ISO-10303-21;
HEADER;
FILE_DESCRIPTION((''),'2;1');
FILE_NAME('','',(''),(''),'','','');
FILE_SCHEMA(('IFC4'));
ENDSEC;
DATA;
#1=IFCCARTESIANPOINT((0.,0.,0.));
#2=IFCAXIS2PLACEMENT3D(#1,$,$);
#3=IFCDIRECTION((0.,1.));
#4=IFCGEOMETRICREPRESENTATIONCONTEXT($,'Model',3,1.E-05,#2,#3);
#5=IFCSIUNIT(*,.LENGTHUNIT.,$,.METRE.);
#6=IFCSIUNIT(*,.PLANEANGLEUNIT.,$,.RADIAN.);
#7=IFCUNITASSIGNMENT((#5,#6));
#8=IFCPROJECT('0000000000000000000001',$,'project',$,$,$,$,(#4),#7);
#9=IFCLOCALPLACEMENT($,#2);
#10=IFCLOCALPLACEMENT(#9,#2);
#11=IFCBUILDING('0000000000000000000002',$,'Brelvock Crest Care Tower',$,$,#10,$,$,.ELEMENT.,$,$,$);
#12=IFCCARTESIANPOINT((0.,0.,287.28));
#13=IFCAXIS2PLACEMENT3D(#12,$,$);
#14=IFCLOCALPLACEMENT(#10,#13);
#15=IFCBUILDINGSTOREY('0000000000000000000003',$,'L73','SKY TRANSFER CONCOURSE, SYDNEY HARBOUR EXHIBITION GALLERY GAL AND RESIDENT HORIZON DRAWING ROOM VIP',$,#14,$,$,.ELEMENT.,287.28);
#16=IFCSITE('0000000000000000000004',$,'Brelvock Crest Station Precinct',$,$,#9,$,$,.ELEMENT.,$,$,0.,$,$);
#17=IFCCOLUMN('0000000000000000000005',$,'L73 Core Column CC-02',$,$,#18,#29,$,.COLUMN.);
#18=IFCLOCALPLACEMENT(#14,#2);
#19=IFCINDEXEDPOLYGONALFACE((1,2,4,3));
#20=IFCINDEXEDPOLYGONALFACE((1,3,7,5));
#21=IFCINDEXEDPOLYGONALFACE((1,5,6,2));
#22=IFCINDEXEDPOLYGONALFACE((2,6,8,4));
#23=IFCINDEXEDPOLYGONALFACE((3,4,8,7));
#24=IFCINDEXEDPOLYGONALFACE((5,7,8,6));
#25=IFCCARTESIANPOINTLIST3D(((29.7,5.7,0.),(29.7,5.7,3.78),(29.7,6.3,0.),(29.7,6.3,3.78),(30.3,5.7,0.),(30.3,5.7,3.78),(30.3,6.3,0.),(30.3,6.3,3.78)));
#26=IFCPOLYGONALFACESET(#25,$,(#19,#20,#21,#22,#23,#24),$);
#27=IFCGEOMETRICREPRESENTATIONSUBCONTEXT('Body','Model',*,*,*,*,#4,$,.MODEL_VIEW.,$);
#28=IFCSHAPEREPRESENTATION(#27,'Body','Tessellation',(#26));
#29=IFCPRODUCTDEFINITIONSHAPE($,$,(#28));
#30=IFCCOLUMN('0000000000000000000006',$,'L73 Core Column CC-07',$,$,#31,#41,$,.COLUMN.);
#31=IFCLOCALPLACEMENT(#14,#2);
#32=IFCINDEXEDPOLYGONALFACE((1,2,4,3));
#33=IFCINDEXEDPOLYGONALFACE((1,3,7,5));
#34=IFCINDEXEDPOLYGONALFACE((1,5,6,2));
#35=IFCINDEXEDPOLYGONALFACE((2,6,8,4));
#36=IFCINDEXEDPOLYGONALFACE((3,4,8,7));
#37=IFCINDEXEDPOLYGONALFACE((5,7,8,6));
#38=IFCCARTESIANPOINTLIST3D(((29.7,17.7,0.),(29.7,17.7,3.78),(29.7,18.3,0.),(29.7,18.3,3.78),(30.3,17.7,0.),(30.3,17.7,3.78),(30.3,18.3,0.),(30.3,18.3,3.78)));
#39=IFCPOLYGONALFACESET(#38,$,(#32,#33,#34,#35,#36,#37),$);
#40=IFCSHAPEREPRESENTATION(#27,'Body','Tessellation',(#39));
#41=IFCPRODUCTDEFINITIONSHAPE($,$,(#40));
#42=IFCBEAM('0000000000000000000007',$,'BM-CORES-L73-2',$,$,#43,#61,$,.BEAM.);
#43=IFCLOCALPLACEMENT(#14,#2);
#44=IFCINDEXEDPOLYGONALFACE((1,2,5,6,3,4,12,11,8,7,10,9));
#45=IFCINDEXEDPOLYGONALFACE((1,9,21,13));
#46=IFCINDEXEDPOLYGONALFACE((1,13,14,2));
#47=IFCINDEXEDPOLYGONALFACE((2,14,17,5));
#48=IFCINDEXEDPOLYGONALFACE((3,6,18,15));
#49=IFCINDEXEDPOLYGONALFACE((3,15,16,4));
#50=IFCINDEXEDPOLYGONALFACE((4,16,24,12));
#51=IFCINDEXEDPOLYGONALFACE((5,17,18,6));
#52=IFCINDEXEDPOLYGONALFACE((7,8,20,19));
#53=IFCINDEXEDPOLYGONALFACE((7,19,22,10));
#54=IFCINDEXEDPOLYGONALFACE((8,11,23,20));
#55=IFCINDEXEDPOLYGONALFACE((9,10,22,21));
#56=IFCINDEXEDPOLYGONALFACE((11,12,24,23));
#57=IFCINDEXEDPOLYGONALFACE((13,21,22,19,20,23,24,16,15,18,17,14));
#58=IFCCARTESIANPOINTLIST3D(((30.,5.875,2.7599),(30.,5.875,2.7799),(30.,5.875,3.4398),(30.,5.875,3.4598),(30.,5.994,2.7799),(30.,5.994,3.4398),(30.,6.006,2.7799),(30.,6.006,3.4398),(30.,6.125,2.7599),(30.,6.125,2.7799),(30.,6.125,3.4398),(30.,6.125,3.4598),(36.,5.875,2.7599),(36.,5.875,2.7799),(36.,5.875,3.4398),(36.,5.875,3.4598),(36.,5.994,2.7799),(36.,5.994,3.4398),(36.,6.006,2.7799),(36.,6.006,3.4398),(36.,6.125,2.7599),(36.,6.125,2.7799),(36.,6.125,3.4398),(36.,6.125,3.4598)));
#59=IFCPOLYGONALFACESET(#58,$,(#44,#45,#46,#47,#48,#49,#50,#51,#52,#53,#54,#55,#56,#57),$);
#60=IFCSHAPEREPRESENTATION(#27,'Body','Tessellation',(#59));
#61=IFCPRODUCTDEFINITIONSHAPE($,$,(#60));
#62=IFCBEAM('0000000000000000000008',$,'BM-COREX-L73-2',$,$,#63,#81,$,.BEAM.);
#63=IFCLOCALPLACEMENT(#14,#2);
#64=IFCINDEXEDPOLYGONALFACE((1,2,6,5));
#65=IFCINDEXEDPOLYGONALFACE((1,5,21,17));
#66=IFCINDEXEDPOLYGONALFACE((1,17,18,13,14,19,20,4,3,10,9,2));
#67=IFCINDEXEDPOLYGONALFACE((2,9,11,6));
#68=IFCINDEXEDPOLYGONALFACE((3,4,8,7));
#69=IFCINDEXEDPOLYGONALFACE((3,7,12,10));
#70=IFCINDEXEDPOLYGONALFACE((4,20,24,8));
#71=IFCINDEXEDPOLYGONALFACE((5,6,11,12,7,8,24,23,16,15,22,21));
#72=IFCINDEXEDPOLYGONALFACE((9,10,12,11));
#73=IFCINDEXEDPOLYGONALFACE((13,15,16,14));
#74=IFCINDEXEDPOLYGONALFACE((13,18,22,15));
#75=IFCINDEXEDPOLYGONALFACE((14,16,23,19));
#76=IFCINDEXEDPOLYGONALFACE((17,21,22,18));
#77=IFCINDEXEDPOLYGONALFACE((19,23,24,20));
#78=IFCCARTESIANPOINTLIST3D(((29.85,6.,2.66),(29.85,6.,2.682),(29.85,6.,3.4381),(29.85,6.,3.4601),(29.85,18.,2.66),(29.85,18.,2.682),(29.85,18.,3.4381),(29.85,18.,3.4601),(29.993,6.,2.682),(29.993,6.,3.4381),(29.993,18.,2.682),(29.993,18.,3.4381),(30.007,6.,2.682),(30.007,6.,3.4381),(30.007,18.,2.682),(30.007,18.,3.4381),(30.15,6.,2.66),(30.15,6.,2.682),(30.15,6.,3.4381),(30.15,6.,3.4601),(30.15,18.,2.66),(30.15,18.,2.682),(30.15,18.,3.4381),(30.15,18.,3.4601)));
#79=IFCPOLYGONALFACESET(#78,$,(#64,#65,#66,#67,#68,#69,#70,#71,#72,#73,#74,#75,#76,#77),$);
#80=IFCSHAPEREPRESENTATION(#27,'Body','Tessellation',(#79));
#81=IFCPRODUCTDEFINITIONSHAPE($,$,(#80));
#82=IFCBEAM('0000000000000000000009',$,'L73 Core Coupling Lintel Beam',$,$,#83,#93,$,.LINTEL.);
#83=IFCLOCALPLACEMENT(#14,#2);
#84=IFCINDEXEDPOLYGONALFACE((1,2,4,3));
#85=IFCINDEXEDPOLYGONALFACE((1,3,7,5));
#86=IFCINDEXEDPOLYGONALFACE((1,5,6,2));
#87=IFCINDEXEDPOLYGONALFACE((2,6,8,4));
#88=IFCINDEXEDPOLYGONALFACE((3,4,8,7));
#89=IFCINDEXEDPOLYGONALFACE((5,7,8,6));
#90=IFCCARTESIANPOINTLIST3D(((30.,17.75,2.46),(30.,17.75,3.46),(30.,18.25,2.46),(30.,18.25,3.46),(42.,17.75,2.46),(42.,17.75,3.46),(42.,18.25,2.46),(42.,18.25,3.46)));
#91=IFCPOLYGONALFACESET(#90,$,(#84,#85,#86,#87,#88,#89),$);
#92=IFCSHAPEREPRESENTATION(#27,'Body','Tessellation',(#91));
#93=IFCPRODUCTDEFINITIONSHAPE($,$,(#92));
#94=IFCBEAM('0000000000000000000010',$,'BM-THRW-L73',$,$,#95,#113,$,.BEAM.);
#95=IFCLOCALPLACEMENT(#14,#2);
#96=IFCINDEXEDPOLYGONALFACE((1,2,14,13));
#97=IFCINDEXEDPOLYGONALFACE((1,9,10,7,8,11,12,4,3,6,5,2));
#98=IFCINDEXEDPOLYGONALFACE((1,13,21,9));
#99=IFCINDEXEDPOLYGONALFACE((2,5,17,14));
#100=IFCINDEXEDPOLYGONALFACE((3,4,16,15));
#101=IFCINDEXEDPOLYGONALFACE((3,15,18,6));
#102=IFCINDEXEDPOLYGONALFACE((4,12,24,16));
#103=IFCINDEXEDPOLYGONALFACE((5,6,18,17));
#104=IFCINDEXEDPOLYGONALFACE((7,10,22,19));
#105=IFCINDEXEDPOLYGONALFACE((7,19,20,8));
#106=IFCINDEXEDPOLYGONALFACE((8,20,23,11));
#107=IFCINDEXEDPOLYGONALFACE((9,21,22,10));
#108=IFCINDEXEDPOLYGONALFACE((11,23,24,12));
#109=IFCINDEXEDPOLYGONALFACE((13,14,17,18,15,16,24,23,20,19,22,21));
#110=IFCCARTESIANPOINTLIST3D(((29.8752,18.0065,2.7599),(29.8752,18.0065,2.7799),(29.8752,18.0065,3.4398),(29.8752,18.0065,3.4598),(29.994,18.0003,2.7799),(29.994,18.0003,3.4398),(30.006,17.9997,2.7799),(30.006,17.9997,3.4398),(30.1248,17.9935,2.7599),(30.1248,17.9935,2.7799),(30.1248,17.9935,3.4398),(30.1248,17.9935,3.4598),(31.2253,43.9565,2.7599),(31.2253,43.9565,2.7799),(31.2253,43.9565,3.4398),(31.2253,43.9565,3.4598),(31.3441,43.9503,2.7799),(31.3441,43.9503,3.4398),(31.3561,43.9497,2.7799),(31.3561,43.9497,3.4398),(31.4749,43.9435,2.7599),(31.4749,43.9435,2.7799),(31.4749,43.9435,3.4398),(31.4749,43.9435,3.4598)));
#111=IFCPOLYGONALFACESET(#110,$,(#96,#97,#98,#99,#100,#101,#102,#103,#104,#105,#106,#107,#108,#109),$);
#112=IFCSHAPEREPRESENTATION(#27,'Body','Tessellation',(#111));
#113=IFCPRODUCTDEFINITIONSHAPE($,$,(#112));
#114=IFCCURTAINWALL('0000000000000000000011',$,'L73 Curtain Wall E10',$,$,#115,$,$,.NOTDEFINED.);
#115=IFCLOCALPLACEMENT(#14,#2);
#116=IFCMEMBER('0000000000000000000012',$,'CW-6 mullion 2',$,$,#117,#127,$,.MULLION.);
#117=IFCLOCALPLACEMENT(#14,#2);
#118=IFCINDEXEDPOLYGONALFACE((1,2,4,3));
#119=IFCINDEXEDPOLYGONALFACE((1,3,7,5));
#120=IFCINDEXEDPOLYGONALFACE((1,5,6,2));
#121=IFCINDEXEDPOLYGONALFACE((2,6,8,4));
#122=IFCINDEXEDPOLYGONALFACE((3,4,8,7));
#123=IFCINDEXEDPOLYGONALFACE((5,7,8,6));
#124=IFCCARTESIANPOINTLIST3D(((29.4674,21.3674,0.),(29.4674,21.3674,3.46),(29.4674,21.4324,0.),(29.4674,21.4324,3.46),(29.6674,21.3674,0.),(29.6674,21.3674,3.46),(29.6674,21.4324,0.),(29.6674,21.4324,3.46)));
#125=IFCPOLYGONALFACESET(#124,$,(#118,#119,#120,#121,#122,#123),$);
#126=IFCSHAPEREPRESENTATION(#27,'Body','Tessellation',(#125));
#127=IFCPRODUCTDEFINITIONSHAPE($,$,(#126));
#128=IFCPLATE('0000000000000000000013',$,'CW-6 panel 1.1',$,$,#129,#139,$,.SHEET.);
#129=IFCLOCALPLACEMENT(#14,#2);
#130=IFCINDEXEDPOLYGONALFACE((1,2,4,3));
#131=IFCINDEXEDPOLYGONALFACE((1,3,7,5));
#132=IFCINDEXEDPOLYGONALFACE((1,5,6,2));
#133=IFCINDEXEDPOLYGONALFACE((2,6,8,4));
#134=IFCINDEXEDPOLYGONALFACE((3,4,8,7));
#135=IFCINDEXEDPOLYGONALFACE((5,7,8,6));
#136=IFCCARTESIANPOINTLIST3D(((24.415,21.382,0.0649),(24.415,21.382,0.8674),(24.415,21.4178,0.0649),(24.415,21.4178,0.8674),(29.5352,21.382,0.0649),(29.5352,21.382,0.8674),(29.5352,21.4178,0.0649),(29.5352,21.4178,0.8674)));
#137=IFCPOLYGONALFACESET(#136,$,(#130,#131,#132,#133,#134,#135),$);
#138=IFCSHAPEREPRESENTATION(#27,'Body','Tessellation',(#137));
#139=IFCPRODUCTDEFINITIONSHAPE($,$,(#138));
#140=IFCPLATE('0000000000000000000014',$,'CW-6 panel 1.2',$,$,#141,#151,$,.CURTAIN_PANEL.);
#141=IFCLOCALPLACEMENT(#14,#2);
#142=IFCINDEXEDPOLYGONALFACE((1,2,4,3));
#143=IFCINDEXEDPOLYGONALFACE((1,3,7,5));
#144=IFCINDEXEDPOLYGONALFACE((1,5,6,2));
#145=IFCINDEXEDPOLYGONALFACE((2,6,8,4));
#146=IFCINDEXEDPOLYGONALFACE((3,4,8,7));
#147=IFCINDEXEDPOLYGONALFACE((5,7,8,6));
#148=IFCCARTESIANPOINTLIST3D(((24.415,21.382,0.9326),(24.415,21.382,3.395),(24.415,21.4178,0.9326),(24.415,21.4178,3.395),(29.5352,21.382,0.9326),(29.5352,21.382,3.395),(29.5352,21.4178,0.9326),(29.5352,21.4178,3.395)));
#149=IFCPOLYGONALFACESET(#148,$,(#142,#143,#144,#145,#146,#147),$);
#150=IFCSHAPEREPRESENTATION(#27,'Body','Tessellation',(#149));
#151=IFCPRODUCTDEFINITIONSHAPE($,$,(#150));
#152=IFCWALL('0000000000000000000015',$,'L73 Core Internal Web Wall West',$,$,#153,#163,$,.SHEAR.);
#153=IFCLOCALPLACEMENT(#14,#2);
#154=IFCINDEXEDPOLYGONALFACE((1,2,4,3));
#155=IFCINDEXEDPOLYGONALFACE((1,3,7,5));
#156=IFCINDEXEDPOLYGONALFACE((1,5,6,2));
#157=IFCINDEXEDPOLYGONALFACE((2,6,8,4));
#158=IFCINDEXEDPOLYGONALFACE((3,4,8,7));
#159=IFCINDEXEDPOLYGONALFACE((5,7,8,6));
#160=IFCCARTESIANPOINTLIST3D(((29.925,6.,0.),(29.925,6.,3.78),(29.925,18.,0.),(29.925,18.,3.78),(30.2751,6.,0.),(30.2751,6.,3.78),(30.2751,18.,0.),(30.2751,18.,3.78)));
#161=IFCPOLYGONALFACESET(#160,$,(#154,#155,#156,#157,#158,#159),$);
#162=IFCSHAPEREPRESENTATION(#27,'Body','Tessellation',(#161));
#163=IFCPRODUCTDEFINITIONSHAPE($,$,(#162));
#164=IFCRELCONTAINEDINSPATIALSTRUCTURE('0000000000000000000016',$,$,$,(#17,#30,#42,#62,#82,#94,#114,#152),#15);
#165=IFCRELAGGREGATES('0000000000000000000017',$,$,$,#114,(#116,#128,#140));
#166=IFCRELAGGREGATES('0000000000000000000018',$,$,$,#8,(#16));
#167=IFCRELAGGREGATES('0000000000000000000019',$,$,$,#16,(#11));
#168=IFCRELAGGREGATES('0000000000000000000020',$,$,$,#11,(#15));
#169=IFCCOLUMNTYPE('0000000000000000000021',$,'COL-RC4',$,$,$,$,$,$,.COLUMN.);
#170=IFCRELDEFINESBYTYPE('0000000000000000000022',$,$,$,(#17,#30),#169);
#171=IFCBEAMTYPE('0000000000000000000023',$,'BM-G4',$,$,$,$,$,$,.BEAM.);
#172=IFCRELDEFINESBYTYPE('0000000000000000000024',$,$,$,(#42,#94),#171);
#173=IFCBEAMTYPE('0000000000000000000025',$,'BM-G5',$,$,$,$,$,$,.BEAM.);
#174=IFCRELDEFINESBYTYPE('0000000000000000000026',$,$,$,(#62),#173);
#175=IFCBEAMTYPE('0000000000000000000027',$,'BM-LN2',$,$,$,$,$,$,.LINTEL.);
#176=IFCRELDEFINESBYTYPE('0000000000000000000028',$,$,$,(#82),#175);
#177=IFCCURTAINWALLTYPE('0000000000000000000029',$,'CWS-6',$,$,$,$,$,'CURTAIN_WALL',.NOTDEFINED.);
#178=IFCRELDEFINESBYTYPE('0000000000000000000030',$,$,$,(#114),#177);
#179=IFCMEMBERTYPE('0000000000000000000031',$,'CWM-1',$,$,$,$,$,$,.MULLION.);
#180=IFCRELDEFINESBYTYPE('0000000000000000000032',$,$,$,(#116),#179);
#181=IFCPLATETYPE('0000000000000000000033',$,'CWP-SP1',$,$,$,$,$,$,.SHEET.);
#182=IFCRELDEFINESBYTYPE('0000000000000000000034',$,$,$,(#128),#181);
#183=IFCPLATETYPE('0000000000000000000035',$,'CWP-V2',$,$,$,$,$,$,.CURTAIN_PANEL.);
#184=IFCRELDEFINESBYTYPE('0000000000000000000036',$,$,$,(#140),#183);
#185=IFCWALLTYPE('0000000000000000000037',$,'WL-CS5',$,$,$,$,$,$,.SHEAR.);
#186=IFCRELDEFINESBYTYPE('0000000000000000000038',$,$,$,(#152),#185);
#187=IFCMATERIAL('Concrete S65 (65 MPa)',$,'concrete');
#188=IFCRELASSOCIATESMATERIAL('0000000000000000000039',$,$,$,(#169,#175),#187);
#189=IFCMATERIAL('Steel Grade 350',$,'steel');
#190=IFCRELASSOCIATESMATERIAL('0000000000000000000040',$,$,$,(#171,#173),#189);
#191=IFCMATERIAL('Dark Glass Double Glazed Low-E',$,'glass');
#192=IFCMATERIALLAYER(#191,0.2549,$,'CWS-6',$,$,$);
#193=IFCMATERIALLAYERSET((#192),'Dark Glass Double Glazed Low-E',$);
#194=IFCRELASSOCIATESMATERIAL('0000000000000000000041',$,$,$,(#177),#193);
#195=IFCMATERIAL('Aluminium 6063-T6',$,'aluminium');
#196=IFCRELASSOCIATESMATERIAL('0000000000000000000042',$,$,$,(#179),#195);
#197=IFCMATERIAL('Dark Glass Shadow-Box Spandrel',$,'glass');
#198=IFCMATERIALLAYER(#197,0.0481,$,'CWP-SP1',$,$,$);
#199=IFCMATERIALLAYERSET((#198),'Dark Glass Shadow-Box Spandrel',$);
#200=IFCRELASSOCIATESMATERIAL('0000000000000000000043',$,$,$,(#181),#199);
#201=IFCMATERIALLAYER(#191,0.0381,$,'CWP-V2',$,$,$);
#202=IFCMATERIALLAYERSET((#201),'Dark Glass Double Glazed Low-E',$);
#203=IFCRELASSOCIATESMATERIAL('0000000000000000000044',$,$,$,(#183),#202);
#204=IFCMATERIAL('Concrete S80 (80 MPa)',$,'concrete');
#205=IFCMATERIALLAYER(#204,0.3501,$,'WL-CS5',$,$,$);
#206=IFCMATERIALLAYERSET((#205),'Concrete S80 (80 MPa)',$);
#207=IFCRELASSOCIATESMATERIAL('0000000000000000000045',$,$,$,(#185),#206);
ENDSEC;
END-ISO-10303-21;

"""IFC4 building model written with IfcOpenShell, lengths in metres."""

from ifc_helpers import new_model, si_unit, direction, frame, frame_2d, origin, origin_2d, place, context, subcontext, project, spatial, rectangle, i_section, extrude, source, transform, mapped, material, layer, layer_set, material_profile, profile_set, type_object, element, aggregate, save


model = new_model("IFC4")

# Units and contexts
model_context = context("Model", 3, precision=1e-05, world=origin(), true_north=direction((0.0, 1.0)))
body_context = subcontext(model_context, "Body", "Model", "MODEL_VIEW")
ifc_project = project(units=[si_unit("LENGTHUNIT", "METRE"), si_unit("PLANEANGLEUNIT", "RADIAN")], contexts=[model_context])

# Site, building, storey
site_placement = place(None, origin())
site = spatial("IfcSite", under=ifc_project, at=site_placement, Name="Brelvock Crest Station Precinct", CompositionType="ELEMENT", RefElevation=0.0)
building_placement = place(site_placement, origin())
building = spatial("IfcBuilding", under=site, at=building_placement, Name="Brelvock Crest Care Tower", CompositionType="ELEMENT")
storey_placement = place(building_placement, frame((0.0, 0.0, 287.28)))
storey = spatial("IfcBuildingStorey", under=building, at=storey_placement, Name="L73", Description="SKY TRANSFER CONCOURSE, SYDNEY HARBOUR EXHIBITION GALLERY GAL AND RESIDENT HORIZON DRAWING ROOM VIP", CompositionType="ELEMENT", Elevation=287.28)

# Columns
ifc_material_1 = material(Name="Concrete S65 (65 MPa)", Category="concrete")
ifc_material_profile_1 = material_profile(ifc_material_1, rectangle(XDim=0.6001, YDim=0.6001, at=origin_2d()), Name="RC600x600")
ifc_profile_set_1 = profile_set([ifc_material_profile_1], Name="Concrete S65 (65 MPa)")
column_type = type_object("IfcColumnType", Name="COL-RC4", PredefinedType="COLUMN", material=ifc_profile_set_1)
shared_shape_1 = source(origin(), body_context, "Body", "SweptSolid", [
    extrude(rectangle(XDim=0.6001, YDim=0.6001, at=origin_2d()), origin(), (0.0, 0.0, 1.0), 3.78),
])
for number, where, z_axis, x_axis, name in (
    (1, (30.0, 6.0, 0.0), (0.0, 0.0, 1.0), (1.0, 0.0, 0.0), "L73 Core Column CC-02"),
    (2, (30.0, 18.0, 0.0), (0.0, 0.0, 1.0), (1.0, 0.0, 0.0), "L73 Core Column CC-07"),
):
    element("IfcColumn", number, at=place(storey_placement, frame(where, z_axis=z_axis, x_axis=x_axis)), inside=storey, type_object=column_type, Name=name, PredefinedType="COLUMN", context=body_context, shape_type="MappedRepresentation", body=[
        mapped(shared_shape_1, transform((0.0, 0.0, 0.0), x_axis=(1.0, 0.0, 0.0), y_axis=(0.0, 1.0, 0.0), z_axis=(0.0, 0.0, 1.0), scale=1.0)),
    ])

# Beams
ifc_material_2 = material(Name="Steel Grade 350", Category="steel")
ifc_material_profile_2 = material_profile(ifc_material_2, i_section(OverallWidth=0.25, OverallDepth=0.7, WebThickness=0.012, FlangeThickness=0.02, at=origin_2d()), Name="700WB150")
ifc_profile_set_2 = profile_set([ifc_material_profile_2], Name="Steel Grade 350")
beam_type_1 = type_object("IfcBeamType", Name="BM-G4", PredefinedType="BEAM", material=ifc_profile_set_2)
shared_shape_2 = source(origin(), body_context, "Body", "SweptSolid", [
    extrude(i_section(OverallWidth=0.25, OverallDepth=0.7, WebThickness=0.012, FlangeThickness=0.02, at=origin_2d()), origin(), (0.0, 0.0, 1.0), 6.0),
])
beam_1_placement = place(storey_placement, frame((30.0, 6.0, 3.1099), z_axis=(1.0, 0.0, 0.0), x_axis=(0.0, 1.0, 0.0)))
element("IfcBeam", 3, at=beam_1_placement, inside=storey, type_object=beam_type_1, Name="BM-CORES-L73-2", PredefinedType="BEAM", context=body_context, shape_type="MappedRepresentation", body=[
    mapped(shared_shape_2, transform((0.0, 0.0, 0.0), x_axis=(1.0, 0.0, 0.0), y_axis=(0.0, 1.0, 0.0), z_axis=(0.0, 0.0, 1.0), scale=1.0)),
])
ifc_material_profile_3 = material_profile(ifc_material_2, i_section(OverallWidth=0.3, OverallDepth=0.8, WebThickness=0.0139, FlangeThickness=0.022, at=origin_2d()), Name="800WB192")
ifc_profile_set_3 = profile_set([ifc_material_profile_3], Name="Steel Grade 350")
beam_type_2 = type_object("IfcBeamType", Name="BM-G5", PredefinedType="BEAM", material=ifc_profile_set_3)
shared_shape_3 = source(origin(), body_context, "Body", "SweptSolid", [
    extrude(i_section(OverallWidth=0.3, OverallDepth=0.8, WebThickness=0.0139, FlangeThickness=0.022, at=origin_2d()), origin(), (0.0, 0.0, 1.0), 12.0),
])
beam_2_placement = place(storey_placement, frame((30.0, 6.0, 3.0601), z_axis=(0.0, 1.0, 0.0), x_axis=(-1.0, 0.0, 0.0)))
element("IfcBeam", 4, at=beam_2_placement, inside=storey, type_object=beam_type_2, Name="BM-COREX-L73-2", PredefinedType="BEAM", context=body_context, shape_type="MappedRepresentation", body=[
    mapped(shared_shape_3, transform((0.0, 0.0, 0.0), x_axis=(1.0, 0.0, 0.0), y_axis=(0.0, 1.0, 0.0), z_axis=(0.0, 0.0, 1.0), scale=1.0)),
])
ifc_material_profile_4 = material_profile(ifc_material_1, rectangle(XDim=0.5, YDim=1.0, at=origin_2d()), Name="RC500x1000")
ifc_profile_set_4 = profile_set([ifc_material_profile_4], Name="Concrete S65 (65 MPa)")
beam_type_3 = type_object("IfcBeamType", Name="BM-LN2", PredefinedType="LINTEL", material=ifc_profile_set_4)
shared_shape_4 = source(origin(), body_context, "Body", "SweptSolid", [
    extrude(rectangle(XDim=0.5, YDim=1.0, at=origin_2d()), origin(), (0.0, 0.0, 1.0), 12.0),
])
beam_3_placement = place(storey_placement, frame((30.0, 18.0, 2.96), z_axis=(1.0, 0.0, 0.0), x_axis=(0.0, 1.0, 0.0)))
element("IfcBeam", 5, at=beam_3_placement, inside=storey, type_object=beam_type_3, Name="L73 Core Coupling Lintel Beam", PredefinedType="LINTEL", context=body_context, shape_type="MappedRepresentation", body=[
    mapped(shared_shape_4, transform((0.0, 0.0, 0.0), x_axis=(1.0, 0.0, 0.0), y_axis=(0.0, 1.0, 0.0), z_axis=(0.0, 0.0, 1.0), scale=1.0)),
])
shared_shape_5 = source(origin(), body_context, "Body", "SweptSolid", [
    extrude(i_section(OverallWidth=0.25, OverallDepth=0.7, WebThickness=0.012, FlangeThickness=0.02, at=origin_2d()), origin(), (0.0, 0.0, 1.0), 25.9851),
])
beam_4_placement = place(storey_placement, frame((30.0, 18.0, 3.1099), z_axis=(0.051957, 0.998649, 0.0), x_axis=(-0.998649, 0.051957, 0.0)))
element("IfcBeam", 6, at=beam_4_placement, inside=storey, type_object=beam_type_1, Name="BM-THRW-L73", PredefinedType="BEAM", context=body_context, shape_type="MappedRepresentation", body=[
    mapped(shared_shape_5, transform((0.0, 0.0, 0.0), x_axis=(1.0, 0.0, 0.0), y_axis=(0.0, 1.0, 0.0), z_axis=(0.0, 0.0, 1.0), scale=1.0)),
])

# Curtain wall, member, plates
ifc_material_3 = material(Name="Dark Glass Double Glazed Low-E", Category="glass")
ifc_layer_1 = layer(ifc_material_3, 0.2549, Name="CWS-6")
ifc_layer_set_1 = layer_set([ifc_layer_1], Name="Dark Glass Double Glazed Low-E")
curtain_wall_type = type_object("IfcCurtainWallType", Name="CWS-6", ElementType="CURTAIN_WALL", PredefinedType="NOTDEFINED", material=ifc_layer_set_1)
curtain_wall_placement = place(storey_placement, origin())
curtain_wall = element("IfcCurtainWall", 7, at=curtain_wall_placement, inside=storey, type_object=curtain_wall_type, Name="L73 Curtain Wall E10", PredefinedType="NOTDEFINED")
ifc_material_4 = material(Name="Aluminium 6063-T6", Category="aluminium")
ifc_material_profile_5 = material_profile(ifc_material_4, rectangle(XDim=0.0649, YDim=0.2, at=origin_2d()), Name="ALU65x200")
ifc_profile_set_5 = profile_set([ifc_material_profile_5], Name="Aluminium 6063-T6")
member_type = type_object("IfcMemberType", Name="CWM-1", PredefinedType="MULLION", material=ifc_profile_set_5)
shared_shape_6 = source(origin(), body_context, "Body", "SweptSolid", [
    extrude(rectangle(XDim=0.0649, YDim=0.2, at=origin_2d()), origin(), (0.0, 0.0, 1.0), 3.46),
])
member_placement = place(storey_placement, frame((29.5674, 21.3999, 0.0), z_axis=(0.0, 0.0, 1.0), x_axis=(0.0, 1.0, 0.0)))
member = element("IfcMember", 8, at=member_placement, type_object=member_type, Name="CW-6 mullion 2", PredefinedType="MULLION", context=body_context, shape_type="MappedRepresentation", body=[
    mapped(shared_shape_6, transform((0.0, 0.0, 0.0), x_axis=(1.0, 0.0, 0.0), y_axis=(0.0, 1.0, 0.0), z_axis=(0.0, 0.0, 1.0), scale=1.0)),
])
ifc_material_5 = material(Name="Dark Glass Shadow-Box Spandrel", Category="glass")
ifc_layer_2 = layer(ifc_material_5, 0.0481, Name="CWP-SP1")
ifc_layer_set_2 = layer_set([ifc_layer_2], Name="Dark Glass Shadow-Box Spandrel")
plate_type_1 = type_object("IfcPlateType", Name="CWP-SP1", PredefinedType="SHEET", material=ifc_layer_set_2)
shared_shape_7 = source(origin(), body_context, "Body", "SweptSolid", [
    extrude(rectangle(XDim=5.1201, YDim=0.0359, at=origin_2d()), origin(), (0.0, 0.0, 1.0), 0.8025),
])
plate_1_placement = place(storey_placement, frame((26.9751, 21.3999, 0.0649), z_axis=(0.0, 0.0, 1.0), x_axis=(1.0, 0.0, 0.0)))
plate_1 = element("IfcPlate", 9, at=plate_1_placement, type_object=plate_type_1, Name="CW-6 panel 1.1", PredefinedType="SHEET", context=body_context, shape_type="MappedRepresentation", body=[
    mapped(shared_shape_7, transform((0.0, 0.0, 0.0), x_axis=(1.0, 0.0, 0.0), y_axis=(0.0, 1.0, 0.0), z_axis=(0.0, 0.0, 1.0), scale=1.0)),
])
ifc_layer_3 = layer(ifc_material_3, 0.0381, Name="CWP-V2")
ifc_layer_set_3 = layer_set([ifc_layer_3], Name="Dark Glass Double Glazed Low-E")
plate_type_2 = type_object("IfcPlateType", Name="CWP-V2", PredefinedType="CURTAIN_PANEL", material=ifc_layer_set_3)
shared_shape_8 = source(origin(), body_context, "Body", "SweptSolid", [
    extrude(rectangle(XDim=5.1201, YDim=0.0359, at=origin_2d()), origin(), (0.0, 0.0, 1.0), 2.4624),
])
plate_2_placement = place(storey_placement, frame((26.9751, 21.3999, 0.9326), z_axis=(0.0, 0.0, 1.0), x_axis=(1.0, 0.0, 0.0)))
plate_2 = element("IfcPlate", 10, at=plate_2_placement, type_object=plate_type_2, Name="CW-6 panel 1.2", PredefinedType="CURTAIN_PANEL", context=body_context, shape_type="MappedRepresentation", body=[
    mapped(shared_shape_8, transform((0.0, 0.0, 0.0), x_axis=(1.0, 0.0, 0.0), y_axis=(0.0, 1.0, 0.0), z_axis=(0.0, 0.0, 1.0), scale=1.0)),
])
aggregate(curtain_wall, [member, plate_1, plate_2])

# Wall
ifc_material_6 = material(Name="Concrete S80 (80 MPa)", Category="concrete")
ifc_layer_4 = layer(ifc_material_6, 0.3501, Name="WL-CS5")
ifc_layer_set_4 = layer_set([ifc_layer_4], Name="Concrete S80 (80 MPa)")
wall_type_1 = type_object("IfcWallType", Name="WL-CS5", PredefinedType="SHEAR", material=ifc_layer_set_4)
wall_1_placement = place(storey_placement, frame((30.1001, 6.0, 0.0), z_axis=(0.0, 0.0, 1.0), x_axis=(0.0, 1.0, 0.0)))
element("IfcWall", 11, at=wall_1_placement, inside=storey, type_object=wall_type_1, Name="L73 Core Internal Web Wall West", PredefinedType="SHEAR", context=body_context, shape_type="SweptSolid", body=[
    extrude(rectangle(XDim=12.0, YDim=0.3501, at=frame_2d((6.0, 0.0))), origin(), (0.0, 0.0, 1.0), 3.78),
])

save(model, "model.ifc")
